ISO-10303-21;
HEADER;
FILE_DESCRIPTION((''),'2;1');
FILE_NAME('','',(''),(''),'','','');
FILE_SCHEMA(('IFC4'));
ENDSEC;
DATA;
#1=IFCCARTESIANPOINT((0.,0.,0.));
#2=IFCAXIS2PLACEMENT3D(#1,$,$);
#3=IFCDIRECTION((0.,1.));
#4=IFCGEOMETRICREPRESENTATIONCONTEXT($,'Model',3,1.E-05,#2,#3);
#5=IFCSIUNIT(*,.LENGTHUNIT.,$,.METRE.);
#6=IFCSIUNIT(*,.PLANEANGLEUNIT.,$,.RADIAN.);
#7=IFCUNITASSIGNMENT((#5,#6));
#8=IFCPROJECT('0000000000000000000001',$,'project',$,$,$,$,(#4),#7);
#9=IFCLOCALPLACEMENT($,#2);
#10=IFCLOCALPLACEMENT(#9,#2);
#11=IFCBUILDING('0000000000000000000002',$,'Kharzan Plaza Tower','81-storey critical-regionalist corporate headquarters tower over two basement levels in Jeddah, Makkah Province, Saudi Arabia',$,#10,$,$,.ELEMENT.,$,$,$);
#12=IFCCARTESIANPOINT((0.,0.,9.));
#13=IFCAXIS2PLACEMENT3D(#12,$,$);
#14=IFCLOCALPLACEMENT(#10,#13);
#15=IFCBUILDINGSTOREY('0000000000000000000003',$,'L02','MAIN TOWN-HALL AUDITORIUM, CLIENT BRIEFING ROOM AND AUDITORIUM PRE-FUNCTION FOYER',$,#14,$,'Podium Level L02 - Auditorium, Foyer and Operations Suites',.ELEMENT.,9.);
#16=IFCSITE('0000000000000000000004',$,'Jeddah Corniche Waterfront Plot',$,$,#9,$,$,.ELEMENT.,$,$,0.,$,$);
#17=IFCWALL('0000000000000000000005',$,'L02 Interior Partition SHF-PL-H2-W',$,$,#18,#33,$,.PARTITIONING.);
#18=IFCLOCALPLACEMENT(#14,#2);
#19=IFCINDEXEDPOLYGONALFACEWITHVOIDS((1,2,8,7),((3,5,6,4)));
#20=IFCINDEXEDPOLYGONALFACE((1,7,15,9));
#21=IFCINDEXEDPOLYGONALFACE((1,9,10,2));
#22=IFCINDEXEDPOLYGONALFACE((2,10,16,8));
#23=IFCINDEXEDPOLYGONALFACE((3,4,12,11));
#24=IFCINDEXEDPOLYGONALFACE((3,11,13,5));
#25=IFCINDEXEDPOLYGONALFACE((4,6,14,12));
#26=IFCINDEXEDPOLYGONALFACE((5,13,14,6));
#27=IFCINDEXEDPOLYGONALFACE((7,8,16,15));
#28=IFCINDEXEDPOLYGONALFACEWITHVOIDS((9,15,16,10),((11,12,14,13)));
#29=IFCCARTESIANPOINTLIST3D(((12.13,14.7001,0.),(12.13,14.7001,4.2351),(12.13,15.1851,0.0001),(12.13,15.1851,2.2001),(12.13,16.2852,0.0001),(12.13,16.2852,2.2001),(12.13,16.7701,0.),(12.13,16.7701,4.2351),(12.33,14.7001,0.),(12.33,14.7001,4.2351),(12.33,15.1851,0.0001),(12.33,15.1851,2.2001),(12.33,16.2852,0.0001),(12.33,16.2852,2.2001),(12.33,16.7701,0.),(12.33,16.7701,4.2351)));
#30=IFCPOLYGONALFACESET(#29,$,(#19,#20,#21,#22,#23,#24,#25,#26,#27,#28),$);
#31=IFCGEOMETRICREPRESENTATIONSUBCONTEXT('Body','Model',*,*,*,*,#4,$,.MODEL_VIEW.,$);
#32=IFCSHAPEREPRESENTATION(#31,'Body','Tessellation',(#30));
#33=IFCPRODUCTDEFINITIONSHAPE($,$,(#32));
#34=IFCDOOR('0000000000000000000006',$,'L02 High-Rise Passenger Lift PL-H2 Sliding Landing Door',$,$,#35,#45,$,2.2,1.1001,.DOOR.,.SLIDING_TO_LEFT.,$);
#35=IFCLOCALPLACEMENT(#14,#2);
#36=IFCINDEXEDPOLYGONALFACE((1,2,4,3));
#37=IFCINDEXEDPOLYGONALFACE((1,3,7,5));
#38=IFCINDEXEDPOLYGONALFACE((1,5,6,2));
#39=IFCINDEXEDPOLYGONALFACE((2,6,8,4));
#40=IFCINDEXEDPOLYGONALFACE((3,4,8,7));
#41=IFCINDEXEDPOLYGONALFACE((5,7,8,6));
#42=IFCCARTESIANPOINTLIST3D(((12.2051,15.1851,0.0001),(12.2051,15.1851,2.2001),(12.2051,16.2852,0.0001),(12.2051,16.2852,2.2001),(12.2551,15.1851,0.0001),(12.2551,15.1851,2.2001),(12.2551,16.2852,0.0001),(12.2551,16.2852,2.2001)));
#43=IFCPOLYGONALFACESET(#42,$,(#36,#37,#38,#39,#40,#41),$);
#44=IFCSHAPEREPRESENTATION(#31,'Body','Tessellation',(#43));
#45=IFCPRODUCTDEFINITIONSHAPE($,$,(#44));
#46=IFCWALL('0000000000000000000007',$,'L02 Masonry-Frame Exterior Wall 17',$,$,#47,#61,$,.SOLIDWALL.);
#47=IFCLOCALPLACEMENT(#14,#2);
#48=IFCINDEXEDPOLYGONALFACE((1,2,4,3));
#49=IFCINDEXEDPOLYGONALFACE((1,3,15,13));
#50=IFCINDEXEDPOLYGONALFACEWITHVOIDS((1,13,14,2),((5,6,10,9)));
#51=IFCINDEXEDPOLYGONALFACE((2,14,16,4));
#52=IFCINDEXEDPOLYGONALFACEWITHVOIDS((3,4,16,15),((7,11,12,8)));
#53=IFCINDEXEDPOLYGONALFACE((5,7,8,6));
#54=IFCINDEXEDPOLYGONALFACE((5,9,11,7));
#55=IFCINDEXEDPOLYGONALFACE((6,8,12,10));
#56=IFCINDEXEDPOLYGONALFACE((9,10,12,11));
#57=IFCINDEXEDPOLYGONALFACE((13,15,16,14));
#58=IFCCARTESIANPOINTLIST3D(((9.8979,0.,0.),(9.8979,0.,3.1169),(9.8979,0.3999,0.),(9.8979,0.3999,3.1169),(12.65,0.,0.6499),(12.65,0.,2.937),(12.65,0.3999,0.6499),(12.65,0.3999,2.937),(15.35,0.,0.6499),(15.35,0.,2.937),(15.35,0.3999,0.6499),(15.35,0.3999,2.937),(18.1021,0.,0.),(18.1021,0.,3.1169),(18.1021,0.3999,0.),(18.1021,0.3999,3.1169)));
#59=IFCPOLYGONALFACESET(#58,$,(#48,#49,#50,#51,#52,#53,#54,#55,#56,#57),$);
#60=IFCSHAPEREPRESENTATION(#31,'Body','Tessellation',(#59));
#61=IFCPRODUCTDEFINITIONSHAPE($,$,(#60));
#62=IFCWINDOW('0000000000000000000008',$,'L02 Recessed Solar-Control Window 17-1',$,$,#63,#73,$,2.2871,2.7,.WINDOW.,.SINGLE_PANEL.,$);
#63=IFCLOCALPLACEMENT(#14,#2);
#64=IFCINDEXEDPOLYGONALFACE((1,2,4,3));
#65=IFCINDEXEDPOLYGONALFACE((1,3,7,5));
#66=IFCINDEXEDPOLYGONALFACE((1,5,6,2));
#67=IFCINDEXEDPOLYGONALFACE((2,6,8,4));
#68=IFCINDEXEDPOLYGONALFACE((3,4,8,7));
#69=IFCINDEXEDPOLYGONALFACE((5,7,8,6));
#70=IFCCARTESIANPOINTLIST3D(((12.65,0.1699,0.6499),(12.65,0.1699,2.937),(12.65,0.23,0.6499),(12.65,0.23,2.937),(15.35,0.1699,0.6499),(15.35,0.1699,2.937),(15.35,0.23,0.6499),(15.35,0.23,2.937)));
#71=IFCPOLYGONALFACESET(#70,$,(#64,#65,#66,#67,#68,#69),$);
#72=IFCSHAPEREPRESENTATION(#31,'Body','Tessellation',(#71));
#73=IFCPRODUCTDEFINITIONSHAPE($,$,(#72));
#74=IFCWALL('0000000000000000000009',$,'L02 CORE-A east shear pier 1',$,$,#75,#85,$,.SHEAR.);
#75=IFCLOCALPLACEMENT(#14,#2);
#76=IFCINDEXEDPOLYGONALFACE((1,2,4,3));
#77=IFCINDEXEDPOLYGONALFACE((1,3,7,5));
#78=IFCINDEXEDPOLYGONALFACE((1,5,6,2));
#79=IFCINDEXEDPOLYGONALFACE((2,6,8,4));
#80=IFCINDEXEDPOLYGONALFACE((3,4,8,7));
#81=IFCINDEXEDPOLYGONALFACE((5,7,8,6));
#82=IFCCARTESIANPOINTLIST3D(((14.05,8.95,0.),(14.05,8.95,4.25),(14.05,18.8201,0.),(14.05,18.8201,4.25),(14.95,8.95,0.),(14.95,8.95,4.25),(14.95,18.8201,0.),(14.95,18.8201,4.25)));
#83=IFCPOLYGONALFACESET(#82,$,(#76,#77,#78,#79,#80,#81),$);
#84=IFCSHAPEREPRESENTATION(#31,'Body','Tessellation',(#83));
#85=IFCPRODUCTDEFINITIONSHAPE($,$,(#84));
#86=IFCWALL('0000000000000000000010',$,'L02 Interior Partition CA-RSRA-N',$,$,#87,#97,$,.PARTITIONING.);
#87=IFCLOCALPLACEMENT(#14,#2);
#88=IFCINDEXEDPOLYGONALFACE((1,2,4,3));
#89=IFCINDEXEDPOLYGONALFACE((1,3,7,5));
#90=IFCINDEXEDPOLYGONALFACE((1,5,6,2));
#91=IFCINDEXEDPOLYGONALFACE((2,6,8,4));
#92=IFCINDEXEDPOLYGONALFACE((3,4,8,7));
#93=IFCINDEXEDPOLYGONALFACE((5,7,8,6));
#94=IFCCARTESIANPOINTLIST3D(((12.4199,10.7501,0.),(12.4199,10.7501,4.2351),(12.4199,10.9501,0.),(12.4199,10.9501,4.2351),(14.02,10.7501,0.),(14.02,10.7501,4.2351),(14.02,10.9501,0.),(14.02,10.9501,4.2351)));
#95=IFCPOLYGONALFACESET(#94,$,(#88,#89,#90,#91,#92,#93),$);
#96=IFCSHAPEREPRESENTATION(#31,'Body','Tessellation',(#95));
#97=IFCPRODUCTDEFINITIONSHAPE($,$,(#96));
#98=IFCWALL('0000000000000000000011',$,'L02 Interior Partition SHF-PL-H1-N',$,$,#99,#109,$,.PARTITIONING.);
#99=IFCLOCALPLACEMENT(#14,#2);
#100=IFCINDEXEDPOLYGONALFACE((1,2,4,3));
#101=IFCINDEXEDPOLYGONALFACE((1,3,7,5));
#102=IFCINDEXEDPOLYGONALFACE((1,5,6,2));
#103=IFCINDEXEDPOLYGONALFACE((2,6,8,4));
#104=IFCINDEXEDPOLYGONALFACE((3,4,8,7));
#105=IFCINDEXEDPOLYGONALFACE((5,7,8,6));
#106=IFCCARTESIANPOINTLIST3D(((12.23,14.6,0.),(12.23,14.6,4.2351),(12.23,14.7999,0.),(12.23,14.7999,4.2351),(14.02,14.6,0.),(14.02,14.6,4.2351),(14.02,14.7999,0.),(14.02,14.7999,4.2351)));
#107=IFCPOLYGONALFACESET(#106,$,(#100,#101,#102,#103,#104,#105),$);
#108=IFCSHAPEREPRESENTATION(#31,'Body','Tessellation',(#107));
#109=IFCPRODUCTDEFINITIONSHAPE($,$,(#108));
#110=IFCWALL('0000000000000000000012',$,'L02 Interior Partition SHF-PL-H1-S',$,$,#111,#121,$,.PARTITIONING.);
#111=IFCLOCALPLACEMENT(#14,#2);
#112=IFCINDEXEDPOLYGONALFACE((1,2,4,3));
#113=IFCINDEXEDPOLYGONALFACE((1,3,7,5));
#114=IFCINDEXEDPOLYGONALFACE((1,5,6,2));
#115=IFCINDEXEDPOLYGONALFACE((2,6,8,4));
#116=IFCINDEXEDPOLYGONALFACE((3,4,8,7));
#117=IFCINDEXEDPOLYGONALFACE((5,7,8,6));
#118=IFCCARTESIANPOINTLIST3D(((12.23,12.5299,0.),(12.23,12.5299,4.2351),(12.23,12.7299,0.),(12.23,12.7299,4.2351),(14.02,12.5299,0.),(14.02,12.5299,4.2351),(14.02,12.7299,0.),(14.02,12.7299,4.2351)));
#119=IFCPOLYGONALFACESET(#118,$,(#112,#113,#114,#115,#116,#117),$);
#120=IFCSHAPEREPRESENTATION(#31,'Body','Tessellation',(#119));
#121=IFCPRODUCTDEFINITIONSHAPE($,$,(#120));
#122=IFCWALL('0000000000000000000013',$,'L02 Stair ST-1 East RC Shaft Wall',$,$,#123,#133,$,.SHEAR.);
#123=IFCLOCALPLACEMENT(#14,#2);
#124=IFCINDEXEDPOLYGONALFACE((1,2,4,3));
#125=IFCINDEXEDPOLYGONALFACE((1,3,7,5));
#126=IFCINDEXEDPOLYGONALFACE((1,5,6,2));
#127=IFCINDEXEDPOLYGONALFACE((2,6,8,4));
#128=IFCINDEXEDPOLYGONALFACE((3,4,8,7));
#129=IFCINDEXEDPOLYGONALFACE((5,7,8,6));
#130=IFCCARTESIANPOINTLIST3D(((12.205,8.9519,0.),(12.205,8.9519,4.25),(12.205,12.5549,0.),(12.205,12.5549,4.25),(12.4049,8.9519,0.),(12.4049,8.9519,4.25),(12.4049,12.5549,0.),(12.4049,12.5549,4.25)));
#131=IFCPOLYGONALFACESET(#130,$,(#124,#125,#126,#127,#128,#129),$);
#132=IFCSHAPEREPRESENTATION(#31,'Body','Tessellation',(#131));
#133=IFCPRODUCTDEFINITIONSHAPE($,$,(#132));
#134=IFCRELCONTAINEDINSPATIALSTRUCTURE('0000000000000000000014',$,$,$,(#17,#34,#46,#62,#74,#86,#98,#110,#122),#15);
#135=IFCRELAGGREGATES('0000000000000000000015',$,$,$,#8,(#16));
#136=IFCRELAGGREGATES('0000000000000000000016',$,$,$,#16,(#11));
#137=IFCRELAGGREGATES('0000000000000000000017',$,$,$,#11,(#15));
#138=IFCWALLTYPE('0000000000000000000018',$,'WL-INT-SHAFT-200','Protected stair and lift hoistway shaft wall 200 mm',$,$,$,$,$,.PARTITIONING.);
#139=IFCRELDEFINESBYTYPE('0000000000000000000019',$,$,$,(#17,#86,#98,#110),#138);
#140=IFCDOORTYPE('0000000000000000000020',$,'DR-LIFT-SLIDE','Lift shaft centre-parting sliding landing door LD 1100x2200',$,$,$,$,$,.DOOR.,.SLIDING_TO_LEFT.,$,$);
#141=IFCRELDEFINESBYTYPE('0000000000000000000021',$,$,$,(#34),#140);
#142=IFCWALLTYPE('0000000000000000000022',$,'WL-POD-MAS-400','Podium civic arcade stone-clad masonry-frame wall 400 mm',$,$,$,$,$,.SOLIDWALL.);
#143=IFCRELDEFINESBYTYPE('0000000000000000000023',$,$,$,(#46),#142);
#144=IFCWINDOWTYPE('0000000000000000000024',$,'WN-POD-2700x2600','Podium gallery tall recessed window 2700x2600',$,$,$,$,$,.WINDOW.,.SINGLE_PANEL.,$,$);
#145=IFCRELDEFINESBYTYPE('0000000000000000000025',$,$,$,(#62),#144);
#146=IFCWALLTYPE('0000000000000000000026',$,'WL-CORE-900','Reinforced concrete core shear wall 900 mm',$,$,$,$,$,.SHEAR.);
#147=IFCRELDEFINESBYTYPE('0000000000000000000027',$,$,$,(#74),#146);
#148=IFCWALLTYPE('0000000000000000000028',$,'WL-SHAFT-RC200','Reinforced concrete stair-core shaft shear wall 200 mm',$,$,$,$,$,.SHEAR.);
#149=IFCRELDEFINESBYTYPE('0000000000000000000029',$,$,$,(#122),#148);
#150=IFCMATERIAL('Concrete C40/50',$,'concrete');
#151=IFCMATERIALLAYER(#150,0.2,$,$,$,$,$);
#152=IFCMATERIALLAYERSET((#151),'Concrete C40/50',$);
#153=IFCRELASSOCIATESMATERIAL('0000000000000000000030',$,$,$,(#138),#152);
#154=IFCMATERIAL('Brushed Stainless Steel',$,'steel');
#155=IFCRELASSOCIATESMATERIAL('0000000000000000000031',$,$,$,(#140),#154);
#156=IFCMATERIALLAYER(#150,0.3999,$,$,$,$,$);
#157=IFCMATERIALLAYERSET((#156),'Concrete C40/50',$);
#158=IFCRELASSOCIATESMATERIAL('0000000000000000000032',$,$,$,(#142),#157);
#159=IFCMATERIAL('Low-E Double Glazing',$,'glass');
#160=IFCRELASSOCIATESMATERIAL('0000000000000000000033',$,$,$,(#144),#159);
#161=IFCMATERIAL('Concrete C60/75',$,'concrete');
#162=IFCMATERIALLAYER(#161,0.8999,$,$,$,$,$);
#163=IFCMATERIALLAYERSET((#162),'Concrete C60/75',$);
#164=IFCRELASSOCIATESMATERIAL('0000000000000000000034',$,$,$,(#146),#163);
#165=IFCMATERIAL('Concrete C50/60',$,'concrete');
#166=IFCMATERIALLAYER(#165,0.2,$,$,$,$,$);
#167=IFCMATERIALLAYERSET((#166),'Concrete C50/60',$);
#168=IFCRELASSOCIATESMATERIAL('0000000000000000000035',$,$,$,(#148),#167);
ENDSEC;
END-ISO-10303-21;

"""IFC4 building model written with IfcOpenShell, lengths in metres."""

from ifc_helpers import new_model, si_unit, direction, frame, frame_2d, origin, place, context, subcontext, project, spatial, rectangle, extrude, source, transform, mapped, material, layer, layer_set, type_object, element, fill, save


model = new_model("IFC4")

# Units and contexts
model_context = context("Model", 3, precision=1e-05, world=origin(), true_north=direction((0.0, 1.0)))
body_context = subcontext(model_context, "Body", "Model", "MODEL_VIEW")
ifc_project = project(units=[si_unit("LENGTHUNIT", "METRE"), si_unit("PLANEANGLEUNIT", "RADIAN")], contexts=[model_context])

# Site, building, storey
site_placement = place(None, origin())
site = spatial("IfcSite", under=ifc_project, at=site_placement, Name="Jeddah Corniche Waterfront Plot", CompositionType="ELEMENT", RefElevation=0.0)
building_placement = place(site_placement, origin())
building = spatial("IfcBuilding", under=site, at=building_placement, Name="Kharzan Plaza Tower", Description="81-storey critical-regionalist corporate headquarters tower over two basement levels in Jeddah, Makkah Province, Saudi Arabia", CompositionType="ELEMENT")
storey_placement = place(building_placement, frame((0.0, 0.0, 9.0)))
storey = spatial("IfcBuildingStorey", under=building, at=storey_placement, Name="L02", Description="MAIN TOWN-HALL AUDITORIUM, CLIENT BRIEFING ROOM AND AUDITORIUM PRE-FUNCTION FOYER", LongName="Podium Level L02 - Auditorium, Foyer and Operations Suites", CompositionType="ELEMENT", Elevation=9.0)

# Shared definitions
ifc_material_1 = material(Name="Concrete C60/75", Category="concrete")

# Wall, opening, door
ifc_material_2 = material(Name="Concrete C40/50", Category="concrete")
ifc_layer_1 = layer(ifc_material_2, 0.2)
ifc_layer_set_1 = layer_set([ifc_layer_1], Name="Concrete C40/50")
wall_type_1 = type_object("IfcWallType", Name="WL-INT-SHAFT-200", Description="Protected stair and lift hoistway shaft wall 200 mm", PredefinedType="PARTITIONING", material=ifc_layer_set_1)
ifc_material_3 = material(Name="Brushed Stainless Steel", Category="steel")
door_type_1 = type_object("IfcDoorType", Name="DR-LIFT-SLIDE", Description="Lift shaft centre-parting sliding landing door LD 1100x2200", OperationType="SLIDING_TO_LEFT", PredefinedType="DOOR", material=ifc_material_3)
shared_shape_1 = source(origin(), body_context, "Body", "SweptSolid", [
    extrude(rectangle(XDim=1.1001, YDim=2.2, at=frame_2d((0.55, 1.1001))), frame((0.0, 0.0249, 0.0), z_axis=(0.0, -1.0, 0.0), x_axis=(1.0, 0.0, 0.0)), (0.0, 0.0, 1.0), 0.05),
])
wall_1_placement = place(storey_placement, frame((12.23, 14.7, 0.0), z_axis=(0.0, 0.0, 1.0), x_axis=(0.0, 1.0, 0.0)))
wall_1 = element("IfcWall", 1, at=wall_1_placement, inside=storey, type_object=wall_type_1, Name="L02 Interior Partition SHF-PL-H2-W", PredefinedType="PARTITIONING", context=body_context, shape_type="SweptSolid", body=[
    extrude(rectangle(XDim=2.0701, YDim=0.2, at=frame_2d((1.0352, 0.0))), origin(), (0.0, 0.0, 1.0), 4.2351),
])
opening_1_placement = place(wall_1_placement, frame((0.4851, 0.0, 0.0)))
opening_1 = element("IfcOpeningElement", 2, at=opening_1_placement, cuts=wall_1, PredefinedType="OPENING", context=body_context, shape_type="SweptSolid", body=[
    extrude(rectangle(XDim=1.1001, YDim=2.2, at=frame_2d((0.55, 1.1001))), frame((0.0, 0.1099, 0.0), z_axis=(0.0, -1.0, 0.0), x_axis=(1.0, 0.0, 0.0)), (0.0, 0.0, 1.0), 0.22),
])
door_1_placement = place(opening_1_placement, origin())
door_1 = element("IfcDoor", 3, at=door_1_placement, inside=storey, type_object=door_type_1, Name="L02 High-Rise Passenger Lift PL-H2 Sliding Landing Door", OperationType="SLIDING_TO_LEFT", OverallHeight=2.2, OverallWidth=1.1001, PredefinedType="DOOR", context=body_context, shape_type="MappedRepresentation", body=[
    mapped(shared_shape_1, transform((0.0, 0.0, 0.0), x_axis=(1.0, 0.0, 0.0), y_axis=(0.0, 1.0, 0.0), z_axis=(0.0, 0.0, 1.0))),
])
fill(opening_1, door_1)

# Wall, opening, window
ifc_layer_2 = layer(ifc_material_2, 0.3999)
ifc_layer_set_2 = layer_set([ifc_layer_2], Name="Concrete C40/50")
wall_type_2 = type_object("IfcWallType", Name="WL-POD-MAS-400", Description="Podium civic arcade stone-clad masonry-frame wall 400 mm", PredefinedType="SOLIDWALL", material=ifc_layer_set_2)
wall_2_placement = place(storey_placement, frame((9.8979, 0.2, 0.0), z_axis=(0.0, 0.0, 1.0), x_axis=(1.0, 0.0, 0.0)))
wall_2 = element("IfcWall", 4, at=wall_2_placement, inside=storey, type_object=wall_type_2, Name="L02 Masonry-Frame Exterior Wall 17", PredefinedType="SOLIDWALL", context=body_context, shape_type="SweptSolid", body=[
    extrude(rectangle(XDim=8.2041, YDim=0.3999, at=frame_2d((4.1021, 0.0))), origin(), (0.0, 0.0, 1.0), 3.1169),
])
opening_2_placement = place(wall_2_placement, frame((2.752, 0.0, 0.6499)))
opening_2 = element("IfcOpeningElement", 5, at=opening_2_placement, cuts=wall_2, PredefinedType="OPENING", context=body_context, shape_type="SweptSolid", body=[
    extrude(rectangle(XDim=2.7, YDim=2.2871, at=frame_2d((1.3501, 1.1436))), frame((0.0, 0.21, 0.0), z_axis=(0.0, -1.0, 0.0), x_axis=(1.0, 0.0, 0.0)), (0.0, 0.0, 1.0), 0.4199),
])
ifc_material_4 = material(Name="Low-E Double Glazing", Category="glass")
window_type = type_object("IfcWindowType", Name="WN-POD-2700x2600", Description="Podium gallery tall recessed window 2700x2600", PartitioningType="SINGLE_PANEL", PredefinedType="WINDOW", material=ifc_material_4)
shared_shape_2 = source(origin(), body_context, "Body", "SweptSolid", [
    extrude(rectangle(XDim=2.7, YDim=2.2871, at=frame_2d((1.3501, 1.1436))), frame((0.0, 0.03, 0.0), z_axis=(0.0, -1.0, 0.0), x_axis=(1.0, 0.0, 0.0)), (0.0, 0.0, 1.0), 0.0601),
])
window_placement = place(opening_2_placement, origin())
window = element("IfcWindow", 6, at=window_placement, inside=storey, type_object=window_type, Name="L02 Recessed Solar-Control Window 17-1", OverallHeight=2.2871, OverallWidth=2.7, PartitioningType="SINGLE_PANEL", PredefinedType="WINDOW", context=body_context, shape_type="MappedRepresentation", body=[
    mapped(shared_shape_2, transform((0.0, 0.0, 0.0), x_axis=(1.0, 0.0, 0.0), y_axis=(0.0, 1.0, 0.0), z_axis=(0.0, 0.0, 1.0))),
])
fill(opening_2, window)

# Walls
ifc_layer_3 = layer(ifc_material_1, 0.8999)
ifc_layer_set_3 = layer_set([ifc_layer_3], Name="Concrete C60/75")
wall_type_3 = type_object("IfcWallType", Name="WL-CORE-900", Description="Reinforced concrete core shear wall 900 mm", PredefinedType="SHEAR", material=ifc_layer_set_3)
shared_shape_3 = source(origin(), body_context, "Body", "SweptSolid", [
    extrude(rectangle(XDim=9.8701, YDim=0.8999, at=frame_2d((4.9351, 0.0))), origin(), (0.0, 0.0, 1.0), 4.25),
])
wall_3_placement = place(storey_placement, frame((14.5, 8.95, 0.0), z_axis=(0.0, 0.0, 1.0), x_axis=(0.0, 1.0, 0.0)))
element("IfcWall", 7, at=wall_3_placement, inside=storey, type_object=wall_type_3, Name="L02 CORE-A east shear pier 1", PredefinedType="SHEAR", context=body_context, shape_type="MappedRepresentation", body=[
    mapped(shared_shape_3, transform((0.0, 0.0, 0.0), x_axis=(1.0, 0.0, 0.0), y_axis=(0.0, 1.0, 0.0), z_axis=(0.0, 0.0, 1.0))),
])
shared_shape_4 = source(origin(), body_context, "Body", "SweptSolid", [
    extrude(rectangle(XDim=1.6001, YDim=0.2, at=frame_2d((0.8, 0.0))), origin(), (0.0, 0.0, 1.0), 4.2351),
])
wall_4_placement = place(storey_placement, frame((12.4199, 10.8501, 0.0), z_axis=(0.0, 0.0, 1.0), x_axis=(1.0, 0.0, 0.0)))
element("IfcWall", 8, at=wall_4_placement, inside=storey, type_object=wall_type_1, Name="L02 Interior Partition CA-RSRA-N", PredefinedType="PARTITIONING", context=body_context, shape_type="MappedRepresentation", body=[
    mapped(shared_shape_4, transform((0.0, 0.0, 0.0), x_axis=(1.0, 0.0, 0.0), y_axis=(0.0, 1.0, 0.0), z_axis=(0.0, 0.0, 1.0))),
])
shared_shape_5 = source(origin(), body_context, "Body", "SweptSolid", [
    extrude(rectangle(XDim=1.79, YDim=0.2, at=frame_2d((0.895, 0.0))), origin(), (0.0, 0.0, 1.0), 4.2351),
])
for number, where, z_axis, x_axis, name in (
    (9, (12.23, 14.7, 0.0), (0.0, 0.0, 1.0), (1.0, 0.0, 0.0), "L02 Interior Partition SHF-PL-H1-N"),
    (10, (12.23, 12.6299, 0.0), (0.0, 0.0, 1.0), (1.0, 0.0, 0.0), "L02 Interior Partition SHF-PL-H1-S"),
):
    element("IfcWall", number, at=place(storey_placement, frame(where, z_axis=z_axis, x_axis=x_axis)), inside=storey, type_object=wall_type_1, Name=name, PredefinedType="PARTITIONING", context=body_context, shape_type="MappedRepresentation", body=[
        mapped(shared_shape_5, transform((0.0, 0.0, 0.0), x_axis=(1.0, 0.0, 0.0), y_axis=(0.0, 1.0, 0.0), z_axis=(0.0, 0.0, 1.0))),
    ])
ifc_material_5 = material(Name="Concrete C50/60", Category="concrete")
ifc_layer_4 = layer(ifc_material_5, 0.2)
ifc_layer_set_4 = layer_set([ifc_layer_4], Name="Concrete C50/60")
wall_type_4 = type_object("IfcWallType", Name="WL-SHAFT-RC200", Description="Reinforced concrete stair-core shaft shear wall 200 mm", PredefinedType="SHEAR", material=ifc_layer_set_4)
shared_shape_6 = source(origin(), body_context, "Body", "SweptSolid", [
    extrude(rectangle(XDim=3.603, YDim=0.2, at=frame_2d((1.8015, 0.0))), origin(), (0.0, 0.0, 1.0), 4.25),
])
wall_5_placement = place(storey_placement, frame((12.3049, 8.9519, 0.0), z_axis=(0.0, 0.0, 1.0), x_axis=(0.0, 1.0, 0.0)))
element("IfcWall", 11, at=wall_5_placement, inside=storey, type_object=wall_type_4, Name="L02 Stair ST-1 East RC Shaft Wall", PredefinedType="SHEAR", context=body_context, shape_type="MappedRepresentation", body=[
    mapped(shared_shape_6, transform((0.0, 0.0, 0.0), x_axis=(1.0, 0.0, 0.0), y_axis=(0.0, 1.0, 0.0), z_axis=(0.0, 0.0, 1.0))),
])

save(model, "model.ifc")
